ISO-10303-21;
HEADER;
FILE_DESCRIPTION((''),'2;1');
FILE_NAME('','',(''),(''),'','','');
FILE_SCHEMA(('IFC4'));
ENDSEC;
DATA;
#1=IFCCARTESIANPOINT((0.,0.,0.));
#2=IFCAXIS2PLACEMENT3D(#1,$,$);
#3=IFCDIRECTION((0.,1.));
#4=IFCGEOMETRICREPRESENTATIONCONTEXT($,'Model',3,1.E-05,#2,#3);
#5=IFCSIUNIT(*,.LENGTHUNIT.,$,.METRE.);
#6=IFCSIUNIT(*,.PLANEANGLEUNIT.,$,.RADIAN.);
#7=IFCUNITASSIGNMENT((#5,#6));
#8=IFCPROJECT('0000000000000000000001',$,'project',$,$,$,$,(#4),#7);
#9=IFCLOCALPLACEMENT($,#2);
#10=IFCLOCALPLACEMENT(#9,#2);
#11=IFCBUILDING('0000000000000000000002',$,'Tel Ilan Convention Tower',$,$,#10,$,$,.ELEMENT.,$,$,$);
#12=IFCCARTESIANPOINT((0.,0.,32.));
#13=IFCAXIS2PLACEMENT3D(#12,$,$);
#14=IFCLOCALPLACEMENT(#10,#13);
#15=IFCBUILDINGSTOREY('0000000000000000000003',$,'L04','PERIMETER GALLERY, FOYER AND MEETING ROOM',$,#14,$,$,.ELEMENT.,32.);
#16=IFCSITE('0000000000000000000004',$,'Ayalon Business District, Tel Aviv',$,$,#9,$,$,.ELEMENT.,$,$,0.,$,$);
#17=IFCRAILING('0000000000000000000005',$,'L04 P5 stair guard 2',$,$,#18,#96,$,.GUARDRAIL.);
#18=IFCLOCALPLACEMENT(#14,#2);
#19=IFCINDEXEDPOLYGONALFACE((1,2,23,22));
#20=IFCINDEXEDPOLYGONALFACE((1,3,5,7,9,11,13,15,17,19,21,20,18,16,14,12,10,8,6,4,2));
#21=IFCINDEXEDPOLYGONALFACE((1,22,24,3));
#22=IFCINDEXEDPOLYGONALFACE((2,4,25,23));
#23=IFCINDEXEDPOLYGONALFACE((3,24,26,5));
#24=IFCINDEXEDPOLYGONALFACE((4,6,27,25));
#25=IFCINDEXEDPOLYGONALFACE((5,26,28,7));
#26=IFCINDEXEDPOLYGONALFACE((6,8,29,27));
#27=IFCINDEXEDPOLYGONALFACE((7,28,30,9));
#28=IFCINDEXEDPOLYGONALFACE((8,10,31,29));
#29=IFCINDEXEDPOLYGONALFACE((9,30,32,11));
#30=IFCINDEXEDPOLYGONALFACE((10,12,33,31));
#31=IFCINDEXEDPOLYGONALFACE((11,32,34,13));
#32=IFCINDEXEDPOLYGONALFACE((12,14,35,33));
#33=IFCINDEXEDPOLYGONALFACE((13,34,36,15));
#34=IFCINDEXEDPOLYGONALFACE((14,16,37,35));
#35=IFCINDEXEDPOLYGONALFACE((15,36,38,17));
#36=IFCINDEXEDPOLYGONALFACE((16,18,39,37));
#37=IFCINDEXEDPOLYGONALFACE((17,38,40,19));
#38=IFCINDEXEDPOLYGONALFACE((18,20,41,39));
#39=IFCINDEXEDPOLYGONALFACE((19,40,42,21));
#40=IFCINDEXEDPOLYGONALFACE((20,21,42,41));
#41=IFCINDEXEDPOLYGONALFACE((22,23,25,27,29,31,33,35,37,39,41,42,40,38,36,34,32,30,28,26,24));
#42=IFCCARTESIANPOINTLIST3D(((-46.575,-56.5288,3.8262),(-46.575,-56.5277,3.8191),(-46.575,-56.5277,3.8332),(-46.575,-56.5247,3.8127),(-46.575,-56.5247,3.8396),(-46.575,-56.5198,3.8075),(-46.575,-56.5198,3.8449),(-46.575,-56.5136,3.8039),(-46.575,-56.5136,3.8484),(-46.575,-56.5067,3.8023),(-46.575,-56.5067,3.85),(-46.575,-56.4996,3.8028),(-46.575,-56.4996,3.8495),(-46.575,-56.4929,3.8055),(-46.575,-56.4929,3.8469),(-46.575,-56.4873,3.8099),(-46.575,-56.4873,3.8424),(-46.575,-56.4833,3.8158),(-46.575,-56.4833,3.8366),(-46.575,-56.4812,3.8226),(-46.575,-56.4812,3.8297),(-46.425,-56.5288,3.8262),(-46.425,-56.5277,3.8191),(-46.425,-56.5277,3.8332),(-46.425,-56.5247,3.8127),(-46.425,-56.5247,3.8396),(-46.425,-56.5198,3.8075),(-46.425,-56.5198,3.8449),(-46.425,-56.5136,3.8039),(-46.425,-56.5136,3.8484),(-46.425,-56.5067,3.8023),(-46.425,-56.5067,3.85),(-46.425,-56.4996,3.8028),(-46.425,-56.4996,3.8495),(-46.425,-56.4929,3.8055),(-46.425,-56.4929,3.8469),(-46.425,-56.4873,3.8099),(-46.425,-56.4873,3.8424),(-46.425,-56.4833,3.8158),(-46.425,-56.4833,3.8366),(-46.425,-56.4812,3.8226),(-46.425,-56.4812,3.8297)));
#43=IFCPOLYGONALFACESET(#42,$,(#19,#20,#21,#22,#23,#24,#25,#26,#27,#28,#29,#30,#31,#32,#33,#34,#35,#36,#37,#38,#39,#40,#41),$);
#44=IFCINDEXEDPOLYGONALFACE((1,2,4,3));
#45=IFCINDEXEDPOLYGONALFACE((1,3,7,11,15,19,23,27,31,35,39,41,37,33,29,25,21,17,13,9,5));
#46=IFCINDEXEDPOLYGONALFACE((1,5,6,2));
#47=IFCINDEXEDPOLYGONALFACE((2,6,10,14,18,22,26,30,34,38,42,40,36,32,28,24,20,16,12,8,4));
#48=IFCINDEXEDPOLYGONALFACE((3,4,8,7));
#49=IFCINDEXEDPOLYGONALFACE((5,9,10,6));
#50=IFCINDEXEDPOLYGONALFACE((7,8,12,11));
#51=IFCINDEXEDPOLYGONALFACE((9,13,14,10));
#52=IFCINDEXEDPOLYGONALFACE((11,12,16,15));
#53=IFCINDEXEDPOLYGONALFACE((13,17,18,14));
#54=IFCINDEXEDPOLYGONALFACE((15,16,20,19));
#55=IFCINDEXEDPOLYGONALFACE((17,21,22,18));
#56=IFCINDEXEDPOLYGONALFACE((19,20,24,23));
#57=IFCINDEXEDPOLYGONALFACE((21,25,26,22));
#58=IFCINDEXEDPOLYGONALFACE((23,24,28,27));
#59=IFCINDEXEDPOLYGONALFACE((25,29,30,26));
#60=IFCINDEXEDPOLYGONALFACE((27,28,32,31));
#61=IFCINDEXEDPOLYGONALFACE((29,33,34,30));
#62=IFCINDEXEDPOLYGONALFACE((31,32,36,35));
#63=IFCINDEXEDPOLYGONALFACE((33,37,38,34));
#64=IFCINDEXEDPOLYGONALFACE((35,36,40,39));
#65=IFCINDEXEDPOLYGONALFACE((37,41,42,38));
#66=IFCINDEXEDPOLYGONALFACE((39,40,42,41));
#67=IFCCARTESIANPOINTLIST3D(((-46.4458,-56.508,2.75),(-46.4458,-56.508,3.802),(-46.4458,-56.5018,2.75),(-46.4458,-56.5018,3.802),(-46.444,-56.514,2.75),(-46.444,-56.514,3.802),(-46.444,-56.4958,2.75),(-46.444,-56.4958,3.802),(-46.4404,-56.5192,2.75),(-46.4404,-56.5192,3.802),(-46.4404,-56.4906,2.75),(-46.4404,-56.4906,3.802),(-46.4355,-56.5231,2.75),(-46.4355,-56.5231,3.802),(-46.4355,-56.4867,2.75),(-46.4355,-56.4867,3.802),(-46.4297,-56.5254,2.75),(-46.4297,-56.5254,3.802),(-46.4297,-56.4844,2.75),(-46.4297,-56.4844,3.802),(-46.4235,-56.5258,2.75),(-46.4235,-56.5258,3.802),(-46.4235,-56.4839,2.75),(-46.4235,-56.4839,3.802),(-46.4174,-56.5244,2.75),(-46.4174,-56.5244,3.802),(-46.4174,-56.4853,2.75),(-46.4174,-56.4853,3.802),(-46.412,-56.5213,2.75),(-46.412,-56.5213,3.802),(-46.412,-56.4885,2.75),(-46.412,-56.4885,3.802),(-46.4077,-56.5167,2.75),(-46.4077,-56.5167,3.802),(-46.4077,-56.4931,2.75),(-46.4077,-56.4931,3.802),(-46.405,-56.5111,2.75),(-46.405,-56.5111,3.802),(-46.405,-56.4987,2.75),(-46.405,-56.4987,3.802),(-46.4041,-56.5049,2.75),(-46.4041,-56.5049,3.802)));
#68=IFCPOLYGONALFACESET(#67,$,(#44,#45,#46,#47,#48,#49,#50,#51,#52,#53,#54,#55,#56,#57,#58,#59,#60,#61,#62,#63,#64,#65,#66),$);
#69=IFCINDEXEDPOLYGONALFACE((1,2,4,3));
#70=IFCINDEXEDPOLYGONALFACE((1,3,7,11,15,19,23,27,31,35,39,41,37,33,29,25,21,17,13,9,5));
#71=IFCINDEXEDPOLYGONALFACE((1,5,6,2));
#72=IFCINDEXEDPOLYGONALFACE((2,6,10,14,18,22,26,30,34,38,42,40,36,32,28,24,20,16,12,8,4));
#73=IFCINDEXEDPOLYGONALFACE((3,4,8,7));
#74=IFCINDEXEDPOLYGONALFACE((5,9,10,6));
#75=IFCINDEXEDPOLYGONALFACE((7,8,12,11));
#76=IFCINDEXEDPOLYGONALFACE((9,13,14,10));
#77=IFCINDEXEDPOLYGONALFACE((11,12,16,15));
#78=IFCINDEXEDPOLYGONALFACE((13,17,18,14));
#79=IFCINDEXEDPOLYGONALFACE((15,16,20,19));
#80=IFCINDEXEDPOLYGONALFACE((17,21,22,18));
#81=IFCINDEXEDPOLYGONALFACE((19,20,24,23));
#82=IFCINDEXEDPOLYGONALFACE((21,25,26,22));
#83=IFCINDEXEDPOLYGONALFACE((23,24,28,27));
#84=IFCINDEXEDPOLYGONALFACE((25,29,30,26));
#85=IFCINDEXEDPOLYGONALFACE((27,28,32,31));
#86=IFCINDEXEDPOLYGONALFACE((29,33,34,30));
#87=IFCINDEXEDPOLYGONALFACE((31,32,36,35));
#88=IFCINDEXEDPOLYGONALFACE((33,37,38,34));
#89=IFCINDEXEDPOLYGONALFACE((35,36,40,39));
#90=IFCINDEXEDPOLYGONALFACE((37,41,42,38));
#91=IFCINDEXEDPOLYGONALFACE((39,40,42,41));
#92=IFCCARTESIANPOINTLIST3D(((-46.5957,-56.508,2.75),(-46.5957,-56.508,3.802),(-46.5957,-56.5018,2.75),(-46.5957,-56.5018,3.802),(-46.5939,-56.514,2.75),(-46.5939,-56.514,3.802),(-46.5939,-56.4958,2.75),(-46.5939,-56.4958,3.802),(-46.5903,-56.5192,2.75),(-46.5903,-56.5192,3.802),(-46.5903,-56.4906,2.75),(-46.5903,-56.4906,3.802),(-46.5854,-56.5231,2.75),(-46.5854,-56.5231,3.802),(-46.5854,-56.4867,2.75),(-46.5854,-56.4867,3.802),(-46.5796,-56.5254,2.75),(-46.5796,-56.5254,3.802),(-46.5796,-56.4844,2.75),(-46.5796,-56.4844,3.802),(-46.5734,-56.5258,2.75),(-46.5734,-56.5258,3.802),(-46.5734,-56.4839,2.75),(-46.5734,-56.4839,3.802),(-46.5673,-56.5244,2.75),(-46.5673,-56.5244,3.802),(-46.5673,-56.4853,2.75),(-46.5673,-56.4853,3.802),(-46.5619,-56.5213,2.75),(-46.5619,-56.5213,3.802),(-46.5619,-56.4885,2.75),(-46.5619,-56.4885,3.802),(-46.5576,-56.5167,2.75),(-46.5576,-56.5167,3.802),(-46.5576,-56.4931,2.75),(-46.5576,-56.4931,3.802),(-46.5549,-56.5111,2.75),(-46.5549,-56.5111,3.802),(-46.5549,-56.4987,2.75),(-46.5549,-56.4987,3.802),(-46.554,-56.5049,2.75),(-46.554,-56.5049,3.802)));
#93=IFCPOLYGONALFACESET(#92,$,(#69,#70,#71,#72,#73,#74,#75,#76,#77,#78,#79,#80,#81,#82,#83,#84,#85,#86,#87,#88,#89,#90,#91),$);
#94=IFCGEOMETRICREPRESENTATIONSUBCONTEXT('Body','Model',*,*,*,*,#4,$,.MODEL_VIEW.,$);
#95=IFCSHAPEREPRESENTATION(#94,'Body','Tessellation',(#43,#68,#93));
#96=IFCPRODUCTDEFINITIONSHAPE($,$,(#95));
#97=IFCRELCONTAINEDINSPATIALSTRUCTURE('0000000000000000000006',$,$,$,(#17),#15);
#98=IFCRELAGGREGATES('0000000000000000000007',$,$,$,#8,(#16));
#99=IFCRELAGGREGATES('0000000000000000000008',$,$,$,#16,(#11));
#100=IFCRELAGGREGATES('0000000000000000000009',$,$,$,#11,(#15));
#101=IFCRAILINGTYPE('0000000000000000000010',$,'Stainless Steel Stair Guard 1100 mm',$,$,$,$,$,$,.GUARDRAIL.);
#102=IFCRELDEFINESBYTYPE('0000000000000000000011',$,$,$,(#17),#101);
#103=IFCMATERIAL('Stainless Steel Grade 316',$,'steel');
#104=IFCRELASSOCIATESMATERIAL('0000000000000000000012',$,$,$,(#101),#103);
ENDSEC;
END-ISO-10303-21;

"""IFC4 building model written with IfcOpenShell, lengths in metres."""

from ifc_helpers import new_model, si_unit, direction, frame, origin, origin_2d, place, context, subcontext, project, spatial, circle, extrude, material, type_object, element, save


model = new_model("IFC4")

# Units and contexts
model_context = context("Model", 3, precision=1e-05, world=origin(), true_north=direction((0.0, 1.0)))
body_context = subcontext(model_context, "Body", "Model", "MODEL_VIEW")
ifc_project = project(units=[si_unit("LENGTHUNIT", "METRE"), si_unit("PLANEANGLEUNIT", "RADIAN")], contexts=[model_context])

# Site, building, storey
site_placement = place(None, origin())
site = spatial("IfcSite", under=ifc_project, at=site_placement, Name="Ayalon Business District, Tel Aviv", CompositionType="ELEMENT", RefElevation=0.0)
building_placement = place(site_placement, origin())
building = spatial("IfcBuilding", under=site, at=building_placement, Name="Tel Ilan Convention Tower", CompositionType="ELEMENT")
storey_placement = place(building_placement, frame((0.0, 0.0, 32.0)))
storey = spatial("IfcBuildingStorey", under=building, at=storey_placement, Name="L04", Description="PERIMETER GALLERY, FOYER AND MEETING ROOM", CompositionType="ELEMENT", Elevation=32.0)

# Railing
ifc_material_1 = material(Name="Stainless Steel Grade 316", Category="steel")
railing_type_1 = type_object("IfcRailingType", Name="Stainless Steel Stair Guard 1100 mm", PredefinedType="GUARDRAIL", material=ifc_material_1)
railing_1_placement = place(storey_placement, frame((-46.425, -56.5049, 2.75)))
element("IfcRailing", 1, at=railing_1_placement, inside=storey, type_object=railing_type_1, Name="L04 P5 stair guard 2", PredefinedType="GUARDRAIL", context=body_context, shape_type="SweptSolid", body=[
    extrude(circle(Radius=0.0239, at=origin_2d()), frame((0.0, 0.0, 1.0762), z_axis=(-1.0, 0.0, 0.0), x_axis=(0.0, -1.0, 0.0)), (0.0, 0.0, 1.0), 0.1499),
    extrude(circle(Radius=0.021, at=origin_2d()), origin(), (0.0, 0.0, 1.0), 1.052),
    extrude(circle(Radius=0.021, at=origin_2d()), frame((-0.1499, 0.0, 0.0)), (0.0, 0.0, 1.0), 1.052),
])

save(model, "model.ifc")
